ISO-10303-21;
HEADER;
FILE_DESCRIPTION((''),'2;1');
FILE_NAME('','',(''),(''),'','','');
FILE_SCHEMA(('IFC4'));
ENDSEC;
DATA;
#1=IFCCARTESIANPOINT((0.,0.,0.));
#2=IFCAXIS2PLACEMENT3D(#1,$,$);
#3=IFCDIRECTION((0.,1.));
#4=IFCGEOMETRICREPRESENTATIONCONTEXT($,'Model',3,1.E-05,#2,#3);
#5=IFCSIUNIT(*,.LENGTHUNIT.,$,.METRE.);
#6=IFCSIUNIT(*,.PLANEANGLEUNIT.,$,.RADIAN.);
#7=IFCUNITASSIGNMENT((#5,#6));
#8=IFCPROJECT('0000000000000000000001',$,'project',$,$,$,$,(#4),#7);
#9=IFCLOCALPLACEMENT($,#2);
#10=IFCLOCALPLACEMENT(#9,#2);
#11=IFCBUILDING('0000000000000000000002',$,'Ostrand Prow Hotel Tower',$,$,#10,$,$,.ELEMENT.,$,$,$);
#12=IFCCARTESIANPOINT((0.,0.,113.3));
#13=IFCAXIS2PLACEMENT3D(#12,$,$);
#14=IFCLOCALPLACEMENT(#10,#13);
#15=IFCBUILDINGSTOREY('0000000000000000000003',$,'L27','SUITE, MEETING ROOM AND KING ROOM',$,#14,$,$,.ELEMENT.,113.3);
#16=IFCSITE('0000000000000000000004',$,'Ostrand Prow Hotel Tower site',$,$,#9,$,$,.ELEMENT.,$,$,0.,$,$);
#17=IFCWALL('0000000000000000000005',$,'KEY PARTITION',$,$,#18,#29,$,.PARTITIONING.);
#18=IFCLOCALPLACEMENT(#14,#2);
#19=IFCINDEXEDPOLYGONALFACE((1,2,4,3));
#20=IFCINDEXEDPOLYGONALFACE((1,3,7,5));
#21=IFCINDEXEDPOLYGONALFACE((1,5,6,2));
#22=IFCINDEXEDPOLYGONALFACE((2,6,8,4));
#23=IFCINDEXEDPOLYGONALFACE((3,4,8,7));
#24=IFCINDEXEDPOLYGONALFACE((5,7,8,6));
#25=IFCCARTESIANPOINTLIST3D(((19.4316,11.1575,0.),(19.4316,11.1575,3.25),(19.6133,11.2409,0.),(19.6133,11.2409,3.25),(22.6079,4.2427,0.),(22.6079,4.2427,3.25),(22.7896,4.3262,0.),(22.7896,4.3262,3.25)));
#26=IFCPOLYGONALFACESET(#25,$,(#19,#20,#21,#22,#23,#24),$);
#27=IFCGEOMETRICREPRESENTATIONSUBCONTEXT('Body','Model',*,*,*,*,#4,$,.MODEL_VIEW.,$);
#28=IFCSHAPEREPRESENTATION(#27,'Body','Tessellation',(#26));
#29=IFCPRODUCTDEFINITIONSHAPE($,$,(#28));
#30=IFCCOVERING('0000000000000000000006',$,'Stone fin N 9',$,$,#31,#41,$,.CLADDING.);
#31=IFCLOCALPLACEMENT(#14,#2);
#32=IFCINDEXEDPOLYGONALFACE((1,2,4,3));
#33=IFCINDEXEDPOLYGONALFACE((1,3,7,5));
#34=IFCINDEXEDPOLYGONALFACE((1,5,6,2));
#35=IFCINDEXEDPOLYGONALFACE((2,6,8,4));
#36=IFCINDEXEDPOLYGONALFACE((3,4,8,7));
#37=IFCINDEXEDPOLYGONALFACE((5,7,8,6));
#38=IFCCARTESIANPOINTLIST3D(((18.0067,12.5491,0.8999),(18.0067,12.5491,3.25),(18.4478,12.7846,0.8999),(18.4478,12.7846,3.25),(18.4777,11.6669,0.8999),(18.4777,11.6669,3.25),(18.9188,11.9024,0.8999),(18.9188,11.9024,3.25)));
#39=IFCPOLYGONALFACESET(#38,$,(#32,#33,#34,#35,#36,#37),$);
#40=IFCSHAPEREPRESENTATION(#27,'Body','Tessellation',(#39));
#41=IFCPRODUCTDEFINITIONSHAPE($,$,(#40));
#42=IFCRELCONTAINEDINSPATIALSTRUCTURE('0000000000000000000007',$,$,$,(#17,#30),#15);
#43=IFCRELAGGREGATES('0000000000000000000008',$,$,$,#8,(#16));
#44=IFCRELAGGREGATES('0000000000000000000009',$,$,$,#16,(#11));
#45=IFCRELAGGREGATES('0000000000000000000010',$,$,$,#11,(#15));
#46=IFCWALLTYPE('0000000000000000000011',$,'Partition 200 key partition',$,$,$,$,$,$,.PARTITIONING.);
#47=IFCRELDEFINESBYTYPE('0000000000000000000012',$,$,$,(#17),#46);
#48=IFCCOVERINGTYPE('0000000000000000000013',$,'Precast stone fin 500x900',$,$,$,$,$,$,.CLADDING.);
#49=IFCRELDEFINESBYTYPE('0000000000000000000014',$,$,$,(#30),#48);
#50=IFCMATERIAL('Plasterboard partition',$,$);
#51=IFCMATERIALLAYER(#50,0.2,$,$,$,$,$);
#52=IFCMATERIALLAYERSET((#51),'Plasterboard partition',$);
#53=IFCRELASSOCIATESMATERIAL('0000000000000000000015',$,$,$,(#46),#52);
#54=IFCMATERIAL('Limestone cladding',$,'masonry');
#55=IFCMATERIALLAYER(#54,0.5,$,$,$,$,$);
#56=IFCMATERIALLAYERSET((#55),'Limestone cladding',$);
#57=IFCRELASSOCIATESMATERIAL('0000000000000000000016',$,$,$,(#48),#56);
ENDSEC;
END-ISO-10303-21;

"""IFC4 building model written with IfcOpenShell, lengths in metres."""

from ifc_helpers import new_model, si_unit, direction, frame, frame_2d, origin, place, context, subcontext, project, spatial, rectangle, extrude, material, layer, layer_set, type_object, element, save


model = new_model("IFC4")

# Units and contexts
model_context = context("Model", 3, precision=1e-05, world=origin(), true_north=direction((0.0, 1.0)))
body_context = subcontext(model_context, "Body", "Model", "MODEL_VIEW")
ifc_project = project(units=[si_unit("LENGTHUNIT", "METRE"), si_unit("PLANEANGLEUNIT", "RADIAN")], contexts=[model_context])

# Site, building, storey
site_placement = place(None, origin())
site = spatial("IfcSite", under=ifc_project, at=site_placement, Name="Ostrand Prow Hotel Tower site", CompositionType="ELEMENT", RefElevation=0.0)
building_placement = place(site_placement, origin())
building = spatial("IfcBuilding", under=site, at=building_placement, Name="Ostrand Prow Hotel Tower", CompositionType="ELEMENT")
storey_placement = place(building_placement, frame((0.0, 0.0, 113.3)))
storey = spatial("IfcBuildingStorey", under=building, at=storey_placement, Name="L27", Description="SUITE, MEETING ROOM AND KING ROOM", CompositionType="ELEMENT", Elevation=113.3)

# Wall
ifc_material_1 = material(Name="Plasterboard partition")
ifc_layer_1 = layer(ifc_material_1, 0.2)
ifc_layer_set_1 = layer_set([ifc_layer_1], Name="Plasterboard partition")
wall_type_1 = type_object("IfcWallType", Name="Partition 200 key partition", PredefinedType="PARTITIONING", material=ifc_layer_set_1)
wall_1_placement = place(storey_placement, frame((22.6987, 4.2844, 0.0), z_axis=(0.0, 0.0, 1.0), x_axis=(-0.417414, 0.908717, 0.0)))
element("IfcWall", 1, at=wall_1_placement, inside=storey, type_object=wall_type_1, Name="KEY PARTITION", PredefinedType="PARTITIONING", context=body_context, shape_type="SweptSolid", body=[
    extrude(rectangle(XDim=7.6094, YDim=0.2, at=frame_2d((3.8047, 0.0))), origin(), (0.0, 0.0, 1.0), 3.25),
])

# Covering
ifc_material_2 = material(Name="Limestone cladding", Category="masonry")
ifc_layer_2 = layer(ifc_material_2, 0.5)
ifc_layer_set_2 = layer_set([ifc_layer_2], Name="Limestone cladding")
covering_type = type_object("IfcCoveringType", Name="Precast stone fin 500x900", PredefinedType="CLADDING", material=ifc_layer_set_2)
covering_placement = place(storey_placement, frame((18.6982, 11.7847, 0.8999), z_axis=(0.0, 0.0, 1.0), x_axis=(-0.470981, 0.882143, 0.0)))
element("IfcCovering", 2, at=covering_placement, inside=storey, type_object=covering_type, Name="Stone fin N 9", PredefinedType="CLADDING", context=body_context, shape_type="SweptSolid", body=[
    extrude(rectangle(XDim=1.0, YDim=0.5, at=frame_2d((0.5, 0.0))), origin(), (0.0, 0.0, 1.0), 2.3501),
])

save(model, "model.ifc")
